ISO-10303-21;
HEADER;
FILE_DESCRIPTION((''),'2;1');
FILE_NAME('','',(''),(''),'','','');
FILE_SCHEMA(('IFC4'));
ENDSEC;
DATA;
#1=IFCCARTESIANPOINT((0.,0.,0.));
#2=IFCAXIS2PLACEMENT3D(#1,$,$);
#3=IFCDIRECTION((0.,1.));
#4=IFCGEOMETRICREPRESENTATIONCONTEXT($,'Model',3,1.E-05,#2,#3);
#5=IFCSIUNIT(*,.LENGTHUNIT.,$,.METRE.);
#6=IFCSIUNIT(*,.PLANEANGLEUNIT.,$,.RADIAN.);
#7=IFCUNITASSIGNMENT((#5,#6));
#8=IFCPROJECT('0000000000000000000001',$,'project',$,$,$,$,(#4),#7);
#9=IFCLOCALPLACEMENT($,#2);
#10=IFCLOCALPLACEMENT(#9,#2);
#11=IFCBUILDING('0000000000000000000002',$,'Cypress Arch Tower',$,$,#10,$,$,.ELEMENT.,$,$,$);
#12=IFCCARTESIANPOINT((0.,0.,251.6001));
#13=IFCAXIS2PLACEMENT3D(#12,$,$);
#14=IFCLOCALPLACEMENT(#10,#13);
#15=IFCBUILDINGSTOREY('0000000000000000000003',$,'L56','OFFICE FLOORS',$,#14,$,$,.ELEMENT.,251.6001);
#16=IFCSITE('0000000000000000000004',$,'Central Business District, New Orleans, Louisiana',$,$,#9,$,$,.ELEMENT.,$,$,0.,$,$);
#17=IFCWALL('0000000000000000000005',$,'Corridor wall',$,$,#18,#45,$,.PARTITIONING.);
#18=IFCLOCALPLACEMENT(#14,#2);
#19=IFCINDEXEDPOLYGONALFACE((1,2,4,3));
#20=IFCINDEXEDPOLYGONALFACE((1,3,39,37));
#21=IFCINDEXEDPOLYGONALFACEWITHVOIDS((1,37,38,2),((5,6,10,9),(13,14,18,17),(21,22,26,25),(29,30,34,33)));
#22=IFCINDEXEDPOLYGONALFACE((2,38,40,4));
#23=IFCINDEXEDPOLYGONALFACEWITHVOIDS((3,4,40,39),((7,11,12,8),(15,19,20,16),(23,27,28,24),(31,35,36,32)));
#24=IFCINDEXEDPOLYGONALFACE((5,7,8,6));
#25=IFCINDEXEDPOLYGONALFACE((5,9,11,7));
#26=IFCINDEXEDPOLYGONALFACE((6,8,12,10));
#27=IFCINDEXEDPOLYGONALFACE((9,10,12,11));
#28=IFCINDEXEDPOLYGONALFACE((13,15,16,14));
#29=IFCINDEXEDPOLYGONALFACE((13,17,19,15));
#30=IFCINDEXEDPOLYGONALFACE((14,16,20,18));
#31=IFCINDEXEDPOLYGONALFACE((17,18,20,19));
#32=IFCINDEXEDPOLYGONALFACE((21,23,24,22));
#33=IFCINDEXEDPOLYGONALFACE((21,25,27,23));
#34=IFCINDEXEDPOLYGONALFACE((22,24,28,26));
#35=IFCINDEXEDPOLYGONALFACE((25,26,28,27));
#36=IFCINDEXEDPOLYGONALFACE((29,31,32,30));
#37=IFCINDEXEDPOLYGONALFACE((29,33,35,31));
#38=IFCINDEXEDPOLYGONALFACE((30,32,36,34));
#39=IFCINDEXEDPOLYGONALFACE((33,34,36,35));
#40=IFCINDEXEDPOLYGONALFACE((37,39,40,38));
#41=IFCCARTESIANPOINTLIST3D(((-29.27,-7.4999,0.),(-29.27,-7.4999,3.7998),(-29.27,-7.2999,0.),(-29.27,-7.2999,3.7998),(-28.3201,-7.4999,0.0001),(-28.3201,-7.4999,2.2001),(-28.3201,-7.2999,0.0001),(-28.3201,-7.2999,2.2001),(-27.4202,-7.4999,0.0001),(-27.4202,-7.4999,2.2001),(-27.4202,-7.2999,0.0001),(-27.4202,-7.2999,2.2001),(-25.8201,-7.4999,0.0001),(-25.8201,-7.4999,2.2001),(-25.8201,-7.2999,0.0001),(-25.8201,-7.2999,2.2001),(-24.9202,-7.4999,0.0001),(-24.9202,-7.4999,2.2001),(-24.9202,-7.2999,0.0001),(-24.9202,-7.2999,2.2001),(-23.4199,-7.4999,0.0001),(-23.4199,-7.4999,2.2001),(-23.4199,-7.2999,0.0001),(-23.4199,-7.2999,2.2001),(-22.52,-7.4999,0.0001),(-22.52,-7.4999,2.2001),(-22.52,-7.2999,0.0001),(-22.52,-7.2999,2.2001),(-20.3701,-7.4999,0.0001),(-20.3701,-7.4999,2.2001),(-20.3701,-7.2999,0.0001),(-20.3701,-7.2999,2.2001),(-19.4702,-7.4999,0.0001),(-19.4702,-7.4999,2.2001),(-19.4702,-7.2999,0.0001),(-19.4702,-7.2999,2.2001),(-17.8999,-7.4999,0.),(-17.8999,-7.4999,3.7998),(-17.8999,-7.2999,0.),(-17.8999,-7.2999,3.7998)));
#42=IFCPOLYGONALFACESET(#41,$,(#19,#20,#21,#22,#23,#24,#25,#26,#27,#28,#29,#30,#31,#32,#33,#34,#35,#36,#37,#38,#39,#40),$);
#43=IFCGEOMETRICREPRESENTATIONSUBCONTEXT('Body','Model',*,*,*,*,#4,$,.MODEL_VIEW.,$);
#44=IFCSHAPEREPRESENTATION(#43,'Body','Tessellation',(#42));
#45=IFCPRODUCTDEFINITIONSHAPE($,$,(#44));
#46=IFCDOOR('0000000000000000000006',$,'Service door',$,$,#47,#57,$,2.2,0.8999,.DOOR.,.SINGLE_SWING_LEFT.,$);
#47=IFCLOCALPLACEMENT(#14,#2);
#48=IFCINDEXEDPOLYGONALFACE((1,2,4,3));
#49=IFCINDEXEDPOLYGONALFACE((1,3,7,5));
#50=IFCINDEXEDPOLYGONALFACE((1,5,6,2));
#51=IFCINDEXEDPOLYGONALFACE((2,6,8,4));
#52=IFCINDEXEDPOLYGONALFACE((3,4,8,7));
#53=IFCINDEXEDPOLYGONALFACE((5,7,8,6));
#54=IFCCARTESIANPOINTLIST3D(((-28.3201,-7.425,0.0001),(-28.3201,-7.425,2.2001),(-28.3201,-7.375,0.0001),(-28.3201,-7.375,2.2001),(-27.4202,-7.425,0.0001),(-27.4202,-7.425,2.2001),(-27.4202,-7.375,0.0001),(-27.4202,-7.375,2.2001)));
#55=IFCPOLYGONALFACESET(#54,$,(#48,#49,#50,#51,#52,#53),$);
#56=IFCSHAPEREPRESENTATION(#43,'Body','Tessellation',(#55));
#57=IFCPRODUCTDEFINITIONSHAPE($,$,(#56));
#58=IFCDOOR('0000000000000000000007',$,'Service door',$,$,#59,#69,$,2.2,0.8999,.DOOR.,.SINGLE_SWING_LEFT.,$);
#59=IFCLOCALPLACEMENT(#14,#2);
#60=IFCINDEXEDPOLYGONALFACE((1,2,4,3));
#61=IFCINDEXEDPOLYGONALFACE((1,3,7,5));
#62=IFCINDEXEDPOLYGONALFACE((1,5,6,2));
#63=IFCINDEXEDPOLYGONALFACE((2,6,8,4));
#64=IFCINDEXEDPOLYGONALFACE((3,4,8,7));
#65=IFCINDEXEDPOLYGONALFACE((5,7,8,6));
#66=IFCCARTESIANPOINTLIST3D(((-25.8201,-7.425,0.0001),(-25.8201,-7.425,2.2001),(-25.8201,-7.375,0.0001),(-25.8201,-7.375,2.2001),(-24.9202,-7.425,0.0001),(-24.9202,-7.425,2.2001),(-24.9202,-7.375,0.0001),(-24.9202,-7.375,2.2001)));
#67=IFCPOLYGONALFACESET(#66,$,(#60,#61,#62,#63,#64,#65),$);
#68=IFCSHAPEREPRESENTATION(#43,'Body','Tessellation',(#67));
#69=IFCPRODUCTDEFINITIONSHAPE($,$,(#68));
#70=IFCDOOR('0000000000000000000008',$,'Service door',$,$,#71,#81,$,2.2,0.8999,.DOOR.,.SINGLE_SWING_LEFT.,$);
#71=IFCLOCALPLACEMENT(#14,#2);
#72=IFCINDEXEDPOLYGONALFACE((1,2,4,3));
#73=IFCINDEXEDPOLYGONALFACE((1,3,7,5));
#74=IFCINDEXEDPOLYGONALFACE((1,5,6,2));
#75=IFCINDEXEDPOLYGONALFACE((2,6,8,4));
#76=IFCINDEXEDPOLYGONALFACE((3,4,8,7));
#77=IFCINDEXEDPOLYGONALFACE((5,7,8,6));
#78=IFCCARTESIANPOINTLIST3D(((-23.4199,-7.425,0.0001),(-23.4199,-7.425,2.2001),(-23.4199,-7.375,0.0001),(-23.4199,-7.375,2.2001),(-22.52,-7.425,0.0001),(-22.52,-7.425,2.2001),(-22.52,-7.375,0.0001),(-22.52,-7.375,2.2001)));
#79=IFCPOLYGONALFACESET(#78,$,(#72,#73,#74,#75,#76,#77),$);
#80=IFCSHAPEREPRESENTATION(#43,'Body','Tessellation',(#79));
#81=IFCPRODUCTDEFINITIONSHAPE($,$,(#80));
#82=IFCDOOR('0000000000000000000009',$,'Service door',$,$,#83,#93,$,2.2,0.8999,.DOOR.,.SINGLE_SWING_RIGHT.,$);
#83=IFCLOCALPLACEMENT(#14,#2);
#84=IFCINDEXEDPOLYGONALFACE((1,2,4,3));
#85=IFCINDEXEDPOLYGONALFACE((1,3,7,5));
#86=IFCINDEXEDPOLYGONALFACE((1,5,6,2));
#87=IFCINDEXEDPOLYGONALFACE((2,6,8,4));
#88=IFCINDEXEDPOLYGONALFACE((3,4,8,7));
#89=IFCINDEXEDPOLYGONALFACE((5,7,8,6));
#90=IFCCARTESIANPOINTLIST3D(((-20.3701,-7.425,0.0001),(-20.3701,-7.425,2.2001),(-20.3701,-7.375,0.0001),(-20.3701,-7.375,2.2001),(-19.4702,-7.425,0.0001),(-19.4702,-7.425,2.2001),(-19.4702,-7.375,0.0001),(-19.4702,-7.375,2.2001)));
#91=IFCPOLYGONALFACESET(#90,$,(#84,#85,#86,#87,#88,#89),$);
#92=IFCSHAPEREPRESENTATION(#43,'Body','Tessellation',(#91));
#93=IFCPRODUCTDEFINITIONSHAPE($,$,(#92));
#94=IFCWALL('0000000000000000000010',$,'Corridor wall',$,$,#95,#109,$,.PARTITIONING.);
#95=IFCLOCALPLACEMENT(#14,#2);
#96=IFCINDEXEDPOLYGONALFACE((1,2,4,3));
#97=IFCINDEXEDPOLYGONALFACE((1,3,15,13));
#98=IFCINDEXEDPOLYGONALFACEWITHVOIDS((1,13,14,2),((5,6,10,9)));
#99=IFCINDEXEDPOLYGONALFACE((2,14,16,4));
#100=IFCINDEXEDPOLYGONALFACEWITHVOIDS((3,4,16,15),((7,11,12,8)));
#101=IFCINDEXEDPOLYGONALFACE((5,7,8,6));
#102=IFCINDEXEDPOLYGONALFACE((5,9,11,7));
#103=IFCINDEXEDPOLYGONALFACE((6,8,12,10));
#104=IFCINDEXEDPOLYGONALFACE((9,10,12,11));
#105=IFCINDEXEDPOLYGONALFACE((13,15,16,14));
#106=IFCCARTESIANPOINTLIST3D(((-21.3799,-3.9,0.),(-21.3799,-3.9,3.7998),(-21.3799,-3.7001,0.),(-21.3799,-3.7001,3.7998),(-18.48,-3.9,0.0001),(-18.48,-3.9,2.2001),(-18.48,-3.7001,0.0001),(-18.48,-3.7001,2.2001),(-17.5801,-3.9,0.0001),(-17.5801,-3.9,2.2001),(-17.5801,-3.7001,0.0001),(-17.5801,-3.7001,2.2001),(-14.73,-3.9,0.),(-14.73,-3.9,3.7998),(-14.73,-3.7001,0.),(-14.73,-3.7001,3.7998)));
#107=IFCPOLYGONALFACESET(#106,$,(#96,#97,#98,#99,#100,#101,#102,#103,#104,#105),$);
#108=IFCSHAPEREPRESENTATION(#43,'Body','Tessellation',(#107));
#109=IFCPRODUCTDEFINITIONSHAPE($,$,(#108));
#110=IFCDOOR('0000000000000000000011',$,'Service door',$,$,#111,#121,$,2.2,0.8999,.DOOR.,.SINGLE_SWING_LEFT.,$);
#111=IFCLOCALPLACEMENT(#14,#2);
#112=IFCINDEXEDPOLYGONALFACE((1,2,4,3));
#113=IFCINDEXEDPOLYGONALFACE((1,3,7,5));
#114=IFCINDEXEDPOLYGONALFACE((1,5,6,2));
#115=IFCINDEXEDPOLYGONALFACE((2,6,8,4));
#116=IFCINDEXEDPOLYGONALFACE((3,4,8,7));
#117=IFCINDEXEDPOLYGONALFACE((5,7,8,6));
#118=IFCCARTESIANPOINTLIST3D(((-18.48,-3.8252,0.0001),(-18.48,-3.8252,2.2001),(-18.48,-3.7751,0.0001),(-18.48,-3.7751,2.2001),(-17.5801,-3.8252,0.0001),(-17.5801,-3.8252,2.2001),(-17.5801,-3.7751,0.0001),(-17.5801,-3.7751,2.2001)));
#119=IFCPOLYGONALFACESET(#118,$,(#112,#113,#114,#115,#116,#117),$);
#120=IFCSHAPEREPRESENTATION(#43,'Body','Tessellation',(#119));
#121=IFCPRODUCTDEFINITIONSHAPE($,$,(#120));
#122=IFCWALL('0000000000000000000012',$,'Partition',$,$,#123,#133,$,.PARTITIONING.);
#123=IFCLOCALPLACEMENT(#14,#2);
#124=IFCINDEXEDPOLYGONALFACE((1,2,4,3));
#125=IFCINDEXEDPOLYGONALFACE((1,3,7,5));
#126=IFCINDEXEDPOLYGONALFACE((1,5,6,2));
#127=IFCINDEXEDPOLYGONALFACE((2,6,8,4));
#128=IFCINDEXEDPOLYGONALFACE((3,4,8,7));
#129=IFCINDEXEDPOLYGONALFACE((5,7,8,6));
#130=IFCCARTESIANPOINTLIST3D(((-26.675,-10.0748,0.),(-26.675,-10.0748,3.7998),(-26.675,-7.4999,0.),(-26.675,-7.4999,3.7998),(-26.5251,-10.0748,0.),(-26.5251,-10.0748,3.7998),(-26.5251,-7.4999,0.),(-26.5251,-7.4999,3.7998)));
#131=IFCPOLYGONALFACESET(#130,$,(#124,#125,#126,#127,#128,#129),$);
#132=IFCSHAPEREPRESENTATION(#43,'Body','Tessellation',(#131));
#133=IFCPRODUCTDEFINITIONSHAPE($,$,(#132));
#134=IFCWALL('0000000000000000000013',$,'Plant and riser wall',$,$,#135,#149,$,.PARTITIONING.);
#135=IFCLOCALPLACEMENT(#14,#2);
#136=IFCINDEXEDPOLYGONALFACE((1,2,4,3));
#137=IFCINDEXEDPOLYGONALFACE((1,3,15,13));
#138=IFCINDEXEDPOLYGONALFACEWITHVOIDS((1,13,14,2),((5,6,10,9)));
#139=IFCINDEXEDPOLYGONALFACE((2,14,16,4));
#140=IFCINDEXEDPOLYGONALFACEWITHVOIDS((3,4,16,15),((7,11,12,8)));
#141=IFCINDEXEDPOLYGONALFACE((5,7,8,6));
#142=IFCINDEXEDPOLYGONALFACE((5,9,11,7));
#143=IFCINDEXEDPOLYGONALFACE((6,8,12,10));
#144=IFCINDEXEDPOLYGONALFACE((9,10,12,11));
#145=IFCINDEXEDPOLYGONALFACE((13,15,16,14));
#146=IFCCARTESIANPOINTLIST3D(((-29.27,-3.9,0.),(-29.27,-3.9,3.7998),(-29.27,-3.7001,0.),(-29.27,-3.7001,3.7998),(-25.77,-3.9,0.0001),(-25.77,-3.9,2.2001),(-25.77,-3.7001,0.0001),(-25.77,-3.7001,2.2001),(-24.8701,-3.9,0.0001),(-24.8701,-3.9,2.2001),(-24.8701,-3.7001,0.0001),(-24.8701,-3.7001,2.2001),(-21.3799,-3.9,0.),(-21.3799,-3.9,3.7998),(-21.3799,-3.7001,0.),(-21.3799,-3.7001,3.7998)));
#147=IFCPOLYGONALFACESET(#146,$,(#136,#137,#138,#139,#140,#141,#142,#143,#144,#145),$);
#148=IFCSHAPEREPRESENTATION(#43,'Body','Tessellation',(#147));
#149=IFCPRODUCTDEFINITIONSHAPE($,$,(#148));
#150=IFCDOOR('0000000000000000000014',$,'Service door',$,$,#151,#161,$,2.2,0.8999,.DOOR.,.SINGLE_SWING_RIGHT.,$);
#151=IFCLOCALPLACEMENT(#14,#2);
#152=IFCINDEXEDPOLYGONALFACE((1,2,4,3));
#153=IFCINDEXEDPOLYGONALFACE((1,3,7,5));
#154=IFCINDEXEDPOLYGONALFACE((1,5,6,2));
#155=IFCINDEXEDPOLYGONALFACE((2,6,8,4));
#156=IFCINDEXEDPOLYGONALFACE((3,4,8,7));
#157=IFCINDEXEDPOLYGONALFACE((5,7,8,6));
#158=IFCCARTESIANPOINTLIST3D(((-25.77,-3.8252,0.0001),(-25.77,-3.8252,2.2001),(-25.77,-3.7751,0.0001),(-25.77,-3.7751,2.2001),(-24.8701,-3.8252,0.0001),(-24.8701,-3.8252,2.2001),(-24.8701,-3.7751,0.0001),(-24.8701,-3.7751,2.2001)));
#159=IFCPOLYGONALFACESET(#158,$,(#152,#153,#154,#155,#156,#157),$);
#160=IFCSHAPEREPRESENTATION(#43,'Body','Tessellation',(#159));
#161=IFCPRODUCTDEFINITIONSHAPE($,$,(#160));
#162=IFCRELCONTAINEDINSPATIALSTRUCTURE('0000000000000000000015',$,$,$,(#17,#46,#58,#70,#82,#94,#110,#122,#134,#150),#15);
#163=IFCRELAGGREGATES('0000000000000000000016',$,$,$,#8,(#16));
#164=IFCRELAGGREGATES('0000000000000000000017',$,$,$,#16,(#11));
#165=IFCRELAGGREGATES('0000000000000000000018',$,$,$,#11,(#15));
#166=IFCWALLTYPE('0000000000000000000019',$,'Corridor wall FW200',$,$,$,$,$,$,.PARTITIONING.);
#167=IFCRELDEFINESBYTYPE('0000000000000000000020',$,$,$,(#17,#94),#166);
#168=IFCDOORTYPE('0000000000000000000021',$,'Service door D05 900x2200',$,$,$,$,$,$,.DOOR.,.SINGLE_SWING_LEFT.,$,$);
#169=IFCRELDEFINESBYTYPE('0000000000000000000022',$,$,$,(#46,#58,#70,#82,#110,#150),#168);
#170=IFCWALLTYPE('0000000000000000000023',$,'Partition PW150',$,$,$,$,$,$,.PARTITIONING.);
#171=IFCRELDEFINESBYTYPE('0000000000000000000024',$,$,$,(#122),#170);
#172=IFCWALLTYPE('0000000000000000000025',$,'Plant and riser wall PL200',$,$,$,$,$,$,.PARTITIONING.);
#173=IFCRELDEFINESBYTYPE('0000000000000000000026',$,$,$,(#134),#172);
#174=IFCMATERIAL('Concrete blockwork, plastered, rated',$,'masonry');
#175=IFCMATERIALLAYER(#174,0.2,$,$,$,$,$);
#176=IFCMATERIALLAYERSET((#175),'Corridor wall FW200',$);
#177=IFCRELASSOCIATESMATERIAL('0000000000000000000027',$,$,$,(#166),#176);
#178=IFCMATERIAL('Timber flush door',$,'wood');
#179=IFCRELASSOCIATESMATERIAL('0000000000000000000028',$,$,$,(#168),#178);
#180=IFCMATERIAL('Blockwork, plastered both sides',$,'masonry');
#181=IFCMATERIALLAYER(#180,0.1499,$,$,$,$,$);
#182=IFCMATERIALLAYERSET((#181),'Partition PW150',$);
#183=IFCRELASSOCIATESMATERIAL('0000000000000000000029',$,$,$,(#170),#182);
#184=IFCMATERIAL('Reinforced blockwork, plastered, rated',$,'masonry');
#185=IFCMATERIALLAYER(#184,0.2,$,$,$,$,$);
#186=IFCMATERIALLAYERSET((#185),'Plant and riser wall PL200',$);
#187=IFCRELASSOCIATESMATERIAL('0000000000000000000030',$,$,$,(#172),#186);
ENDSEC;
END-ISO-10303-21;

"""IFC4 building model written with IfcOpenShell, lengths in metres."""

from ifc_helpers import new_model, si_unit, direction, frame, frame_2d, origin, place, context, subcontext, project, spatial, rectangle, extrude, material, layer, layer_set, type_object, element, fill, save


model = new_model("IFC4")

# Units and contexts
model_context = context("Model", 3, precision=1e-05, world=origin(), true_north=direction((0.0, 1.0)))
body_context = subcontext(model_context, "Body", "Model", "MODEL_VIEW")
ifc_project = project(units=[si_unit("LENGTHUNIT", "METRE"), si_unit("PLANEANGLEUNIT", "RADIAN")], contexts=[model_context])

# Site, building, storey
site_placement = place(None, origin())
site = spatial("IfcSite", under=ifc_project, at=site_placement, Name="Central Business District, New Orleans, Louisiana", CompositionType="ELEMENT", RefElevation=0.0)
building_placement = place(site_placement, origin())
building = spatial("IfcBuilding", under=site, at=building_placement, Name="Cypress Arch Tower", CompositionType="ELEMENT")
storey_placement = place(building_placement, frame((0.0, 0.0, 251.6001)))
storey = spatial("IfcBuildingStorey", under=building, at=storey_placement, Name="L56", Description="OFFICE FLOORS", CompositionType="ELEMENT", Elevation=251.6001)

# Wall, openings, doors
ifc_material_1 = material(Name="Concrete blockwork, plastered, rated", Category="masonry")
ifc_layer_1 = layer(ifc_material_1, 0.2)
ifc_layer_set_1 = layer_set([ifc_layer_1], Name="Corridor wall FW200")
wall_type_1 = type_object("IfcWallType", Name="Corridor wall FW200", PredefinedType="PARTITIONING", material=ifc_layer_set_1)
wall_1_placement = place(storey_placement, frame((-29.27, -7.3999, 0.0), z_axis=(0.0, 0.0, 1.0), x_axis=(1.0, 0.0, 0.0)))
wall_1 = element("IfcWall", 1, at=wall_1_placement, inside=storey, type_object=wall_type_1, Name="Corridor wall", PredefinedType="PARTITIONING", context=body_context, shape_type="SweptSolid", body=[
    extrude(rectangle(XDim=11.3701, YDim=0.2, at=frame_2d((5.6851, 0.0))), origin(), (0.0, 0.0, 1.0), 3.7998),
])
opening_1_placement = place(wall_1_placement, frame((0.95, 0.0, 0.0)))
opening_1 = element("IfcOpeningElement", 2, at=opening_1_placement, cuts=wall_1, PredefinedType="OPENING", context=body_context, shape_type="SweptSolid", body=[
    extrude(rectangle(XDim=0.8999, YDim=2.2, at=frame_2d((0.45, 1.1001))), frame((0.0, 0.1099, 0.0), z_axis=(0.0, -1.0, 0.0), x_axis=(1.0, 0.0, 0.0)), (0.0, 0.0, 1.0), 0.22),
])
opening_2_placement = place(wall_1_placement, frame((3.45, 0.0, 0.0)))
opening_2 = element("IfcOpeningElement", 3, at=opening_2_placement, cuts=wall_1, PredefinedType="OPENING", context=body_context, shape_type="SweptSolid", body=[
    extrude(rectangle(XDim=0.8999, YDim=2.2, at=frame_2d((0.45, 1.1001))), frame((0.0, 0.1099, 0.0), z_axis=(0.0, -1.0, 0.0), x_axis=(1.0, 0.0, 0.0)), (0.0, 0.0, 1.0), 0.22),
])
opening_3_placement = place(wall_1_placement, frame((5.8501, 0.0, 0.0)))
opening_3 = element("IfcOpeningElement", 4, at=opening_3_placement, cuts=wall_1, PredefinedType="OPENING", context=body_context, shape_type="SweptSolid", body=[
    extrude(rectangle(XDim=0.8999, YDim=2.2, at=frame_2d((0.45, 1.1001))), frame((0.0, 0.1099, 0.0), z_axis=(0.0, -1.0, 0.0), x_axis=(1.0, 0.0, 0.0)), (0.0, 0.0, 1.0), 0.22),
])
opening_4_placement = place(wall_1_placement, frame((8.8999, 0.0, 0.0)))
opening_4 = element("IfcOpeningElement", 5, at=opening_4_placement, cuts=wall_1, PredefinedType="OPENING", context=body_context, shape_type="SweptSolid", body=[
    extrude(rectangle(XDim=0.8999, YDim=2.2, at=frame_2d((0.45, 1.1001))), frame((0.0, 0.1099, 0.0), z_axis=(0.0, -1.0, 0.0), x_axis=(1.0, 0.0, 0.0)), (0.0, 0.0, 1.0), 0.22),
])
ifc_material_2 = material(Name="Timber flush door", Category="wood")
door_type = type_object("IfcDoorType", Name="Service door D05 900x2200", OperationType="SINGLE_SWING_LEFT", PredefinedType="DOOR", material=ifc_material_2)
door_1_placement = place(opening_1_placement, origin())
door_1 = element("IfcDoor", 6, at=door_1_placement, inside=storey, type_object=door_type, Name="Service door", OperationType="SINGLE_SWING_LEFT", OverallHeight=2.2, OverallWidth=0.8999, PredefinedType="DOOR", context=body_context, shape_type="SweptSolid", body=[
    extrude(rectangle(XDim=0.8999, YDim=2.2, at=frame_2d((0.45, 1.1001))), frame((0.0, 0.0249, 0.0), z_axis=(0.0, -1.0, 0.0), x_axis=(1.0, 0.0, 0.0)), (0.0, 0.0, 1.0), 0.05),
])
fill(opening_1, door_1)
door_2_placement = place(opening_2_placement, origin())
door_2 = element("IfcDoor", 7, at=door_2_placement, inside=storey, type_object=door_type, Name="Service door", OperationType="SINGLE_SWING_LEFT", OverallHeight=2.2, OverallWidth=0.8999, PredefinedType="DOOR", context=body_context, shape_type="SweptSolid", body=[
    extrude(rectangle(XDim=0.8999, YDim=2.2, at=frame_2d((0.45, 1.1001))), frame((0.0, 0.0249, 0.0), z_axis=(0.0, -1.0, 0.0), x_axis=(1.0, 0.0, 0.0)), (0.0, 0.0, 1.0), 0.05),
])
fill(opening_2, door_2)
door_3_placement = place(opening_3_placement, origin())
door_3 = element("IfcDoor", 8, at=door_3_placement, inside=storey, type_object=door_type, Name="Service door", OperationType="SINGLE_SWING_LEFT", OverallHeight=2.2, OverallWidth=0.8999, PredefinedType="DOOR", context=body_context, shape_type="SweptSolid", body=[
    extrude(rectangle(XDim=0.8999, YDim=2.2, at=frame_2d((0.45, 1.1001))), frame((0.0, 0.0249, 0.0), z_axis=(0.0, -1.0, 0.0), x_axis=(1.0, 0.0, 0.0)), (0.0, 0.0, 1.0), 0.05),
])
fill(opening_3, door_3)
door_4_placement = place(opening_4_placement, origin())
door_4 = element("IfcDoor", 9, at=door_4_placement, inside=storey, type_object=door_type, Name="Service door", OperationType="SINGLE_SWING_RIGHT", OverallHeight=2.2, OverallWidth=0.8999, PredefinedType="DOOR", context=body_context, shape_type="SweptSolid", body=[
    extrude(rectangle(XDim=0.8999, YDim=2.2, at=frame_2d((0.45, 1.1001))), frame((0.0, 0.0249, 0.0), z_axis=(0.0, -1.0, 0.0), x_axis=(1.0, 0.0, 0.0)), (0.0, 0.0, 1.0), 0.05),
])
fill(opening_4, door_4)

# Wall, opening, door
wall_2_placement = place(storey_placement, frame((-21.3799, -3.8, 0.0), z_axis=(0.0, 0.0, 1.0), x_axis=(1.0, 0.0, 0.0)))
wall_2 = element("IfcWall", 10, at=wall_2_placement, inside=storey, type_object=wall_type_1, Name="Corridor wall", PredefinedType="PARTITIONING", context=body_context, shape_type="SweptSolid", body=[
    extrude(rectangle(XDim=6.6499, YDim=0.2, at=frame_2d((3.325, 0.0))), origin(), (0.0, 0.0, 1.0), 3.7998),
])
opening_5_placement = place(wall_2_placement, frame((2.8999, 0.0, 0.0)))
opening_5 = element("IfcOpeningElement", 11, at=opening_5_placement, cuts=wall_2, PredefinedType="OPENING", context=body_context, shape_type="SweptSolid", body=[
    extrude(rectangle(XDim=0.8999, YDim=2.2, at=frame_2d((0.45, 1.1001))), frame((0.0, 0.1099, 0.0), z_axis=(0.0, -1.0, 0.0), x_axis=(1.0, 0.0, 0.0)), (0.0, 0.0, 1.0), 0.22),
])
door_5_placement = place(opening_5_placement, origin())
door_5 = element("IfcDoor", 12, at=door_5_placement, inside=storey, type_object=door_type, Name="Service door", OperationType="SINGLE_SWING_LEFT", OverallHeight=2.2, OverallWidth=0.8999, PredefinedType="DOOR", context=body_context, shape_type="SweptSolid", body=[
    extrude(rectangle(XDim=0.8999, YDim=2.2, at=frame_2d((0.45, 1.1001))), frame((0.0, 0.0249, 0.0), z_axis=(0.0, -1.0, 0.0), x_axis=(1.0, 0.0, 0.0)), (0.0, 0.0, 1.0), 0.05),
])
fill(opening_5, door_5)

# Wall
ifc_material_3 = material(Name="Blockwork, plastered both sides", Category="masonry")
ifc_layer_2 = layer(ifc_material_3, 0.1499)
ifc_layer_set_2 = layer_set([ifc_layer_2], Name="Partition PW150")
wall_type_2 = type_object("IfcWallType", Name="Partition PW150", PredefinedType="PARTITIONING", material=ifc_layer_set_2)
wall_3_placement = place(storey_placement, frame((-26.6001, -10.075, 0.0), z_axis=(0.0, 0.0, 1.0), x_axis=(0.0, 1.0, 0.0)))
element("IfcWall", 13, at=wall_3_placement, inside=storey, type_object=wall_type_2, Name="Partition", PredefinedType="PARTITIONING", context=body_context, shape_type="SweptSolid", body=[
    extrude(rectangle(XDim=2.575, YDim=0.1499, at=frame_2d((1.2876, 0.0))), origin(), (0.0, 0.0, 1.0), 3.7998),
])

# Wall, opening, door
ifc_material_4 = material(Name="Reinforced blockwork, plastered, rated", Category="masonry")
ifc_layer_3 = layer(ifc_material_4, 0.2)
ifc_layer_set_3 = layer_set([ifc_layer_3], Name="Plant and riser wall PL200")
wall_type_3 = type_object("IfcWallType", Name="Plant and riser wall PL200", PredefinedType="PARTITIONING", material=ifc_layer_set_3)
wall_4_placement = place(storey_placement, frame((-29.27, -3.8, 0.0), z_axis=(0.0, 0.0, 1.0), x_axis=(1.0, 0.0, 0.0)))
wall_4 = element("IfcWall", 14, at=wall_4_placement, inside=storey, type_object=wall_type_3, Name="Plant and riser wall", PredefinedType="PARTITIONING", context=body_context, shape_type="SweptSolid", body=[
    extrude(rectangle(XDim=7.8901, YDim=0.2, at=frame_2d((3.9451, 0.0))), origin(), (0.0, 0.0, 1.0), 3.7998),
])
opening_6_placement = place(wall_4_placement, frame((3.5, 0.0, 0.0)))
opening_6 = element("IfcOpeningElement", 15, at=opening_6_placement, cuts=wall_4, PredefinedType="OPENING", context=body_context, shape_type="SweptSolid", body=[
    extrude(rectangle(XDim=0.8999, YDim=2.2, at=frame_2d((0.45, 1.1001))), frame((0.0, 0.1099, 0.0), z_axis=(0.0, -1.0, 0.0), x_axis=(1.0, 0.0, 0.0)), (0.0, 0.0, 1.0), 0.22),
])
door_6_placement = place(opening_6_placement, origin())
door_6 = element("IfcDoor", 16, at=door_6_placement, inside=storey, type_object=door_type, Name="Service door", OperationType="SINGLE_SWING_RIGHT", OverallHeight=2.2, OverallWidth=0.8999, PredefinedType="DOOR", context=body_context, shape_type="SweptSolid", body=[
    extrude(rectangle(XDim=0.8999, YDim=2.2, at=frame_2d((0.45, 1.1001))), frame((0.0, 0.0249, 0.0), z_axis=(0.0, -1.0, 0.0), x_axis=(1.0, 0.0, 0.0)), (0.0, 0.0, 1.0), 0.05),
])
fill(opening_6, door_6)

save(model, "model.ifc")
